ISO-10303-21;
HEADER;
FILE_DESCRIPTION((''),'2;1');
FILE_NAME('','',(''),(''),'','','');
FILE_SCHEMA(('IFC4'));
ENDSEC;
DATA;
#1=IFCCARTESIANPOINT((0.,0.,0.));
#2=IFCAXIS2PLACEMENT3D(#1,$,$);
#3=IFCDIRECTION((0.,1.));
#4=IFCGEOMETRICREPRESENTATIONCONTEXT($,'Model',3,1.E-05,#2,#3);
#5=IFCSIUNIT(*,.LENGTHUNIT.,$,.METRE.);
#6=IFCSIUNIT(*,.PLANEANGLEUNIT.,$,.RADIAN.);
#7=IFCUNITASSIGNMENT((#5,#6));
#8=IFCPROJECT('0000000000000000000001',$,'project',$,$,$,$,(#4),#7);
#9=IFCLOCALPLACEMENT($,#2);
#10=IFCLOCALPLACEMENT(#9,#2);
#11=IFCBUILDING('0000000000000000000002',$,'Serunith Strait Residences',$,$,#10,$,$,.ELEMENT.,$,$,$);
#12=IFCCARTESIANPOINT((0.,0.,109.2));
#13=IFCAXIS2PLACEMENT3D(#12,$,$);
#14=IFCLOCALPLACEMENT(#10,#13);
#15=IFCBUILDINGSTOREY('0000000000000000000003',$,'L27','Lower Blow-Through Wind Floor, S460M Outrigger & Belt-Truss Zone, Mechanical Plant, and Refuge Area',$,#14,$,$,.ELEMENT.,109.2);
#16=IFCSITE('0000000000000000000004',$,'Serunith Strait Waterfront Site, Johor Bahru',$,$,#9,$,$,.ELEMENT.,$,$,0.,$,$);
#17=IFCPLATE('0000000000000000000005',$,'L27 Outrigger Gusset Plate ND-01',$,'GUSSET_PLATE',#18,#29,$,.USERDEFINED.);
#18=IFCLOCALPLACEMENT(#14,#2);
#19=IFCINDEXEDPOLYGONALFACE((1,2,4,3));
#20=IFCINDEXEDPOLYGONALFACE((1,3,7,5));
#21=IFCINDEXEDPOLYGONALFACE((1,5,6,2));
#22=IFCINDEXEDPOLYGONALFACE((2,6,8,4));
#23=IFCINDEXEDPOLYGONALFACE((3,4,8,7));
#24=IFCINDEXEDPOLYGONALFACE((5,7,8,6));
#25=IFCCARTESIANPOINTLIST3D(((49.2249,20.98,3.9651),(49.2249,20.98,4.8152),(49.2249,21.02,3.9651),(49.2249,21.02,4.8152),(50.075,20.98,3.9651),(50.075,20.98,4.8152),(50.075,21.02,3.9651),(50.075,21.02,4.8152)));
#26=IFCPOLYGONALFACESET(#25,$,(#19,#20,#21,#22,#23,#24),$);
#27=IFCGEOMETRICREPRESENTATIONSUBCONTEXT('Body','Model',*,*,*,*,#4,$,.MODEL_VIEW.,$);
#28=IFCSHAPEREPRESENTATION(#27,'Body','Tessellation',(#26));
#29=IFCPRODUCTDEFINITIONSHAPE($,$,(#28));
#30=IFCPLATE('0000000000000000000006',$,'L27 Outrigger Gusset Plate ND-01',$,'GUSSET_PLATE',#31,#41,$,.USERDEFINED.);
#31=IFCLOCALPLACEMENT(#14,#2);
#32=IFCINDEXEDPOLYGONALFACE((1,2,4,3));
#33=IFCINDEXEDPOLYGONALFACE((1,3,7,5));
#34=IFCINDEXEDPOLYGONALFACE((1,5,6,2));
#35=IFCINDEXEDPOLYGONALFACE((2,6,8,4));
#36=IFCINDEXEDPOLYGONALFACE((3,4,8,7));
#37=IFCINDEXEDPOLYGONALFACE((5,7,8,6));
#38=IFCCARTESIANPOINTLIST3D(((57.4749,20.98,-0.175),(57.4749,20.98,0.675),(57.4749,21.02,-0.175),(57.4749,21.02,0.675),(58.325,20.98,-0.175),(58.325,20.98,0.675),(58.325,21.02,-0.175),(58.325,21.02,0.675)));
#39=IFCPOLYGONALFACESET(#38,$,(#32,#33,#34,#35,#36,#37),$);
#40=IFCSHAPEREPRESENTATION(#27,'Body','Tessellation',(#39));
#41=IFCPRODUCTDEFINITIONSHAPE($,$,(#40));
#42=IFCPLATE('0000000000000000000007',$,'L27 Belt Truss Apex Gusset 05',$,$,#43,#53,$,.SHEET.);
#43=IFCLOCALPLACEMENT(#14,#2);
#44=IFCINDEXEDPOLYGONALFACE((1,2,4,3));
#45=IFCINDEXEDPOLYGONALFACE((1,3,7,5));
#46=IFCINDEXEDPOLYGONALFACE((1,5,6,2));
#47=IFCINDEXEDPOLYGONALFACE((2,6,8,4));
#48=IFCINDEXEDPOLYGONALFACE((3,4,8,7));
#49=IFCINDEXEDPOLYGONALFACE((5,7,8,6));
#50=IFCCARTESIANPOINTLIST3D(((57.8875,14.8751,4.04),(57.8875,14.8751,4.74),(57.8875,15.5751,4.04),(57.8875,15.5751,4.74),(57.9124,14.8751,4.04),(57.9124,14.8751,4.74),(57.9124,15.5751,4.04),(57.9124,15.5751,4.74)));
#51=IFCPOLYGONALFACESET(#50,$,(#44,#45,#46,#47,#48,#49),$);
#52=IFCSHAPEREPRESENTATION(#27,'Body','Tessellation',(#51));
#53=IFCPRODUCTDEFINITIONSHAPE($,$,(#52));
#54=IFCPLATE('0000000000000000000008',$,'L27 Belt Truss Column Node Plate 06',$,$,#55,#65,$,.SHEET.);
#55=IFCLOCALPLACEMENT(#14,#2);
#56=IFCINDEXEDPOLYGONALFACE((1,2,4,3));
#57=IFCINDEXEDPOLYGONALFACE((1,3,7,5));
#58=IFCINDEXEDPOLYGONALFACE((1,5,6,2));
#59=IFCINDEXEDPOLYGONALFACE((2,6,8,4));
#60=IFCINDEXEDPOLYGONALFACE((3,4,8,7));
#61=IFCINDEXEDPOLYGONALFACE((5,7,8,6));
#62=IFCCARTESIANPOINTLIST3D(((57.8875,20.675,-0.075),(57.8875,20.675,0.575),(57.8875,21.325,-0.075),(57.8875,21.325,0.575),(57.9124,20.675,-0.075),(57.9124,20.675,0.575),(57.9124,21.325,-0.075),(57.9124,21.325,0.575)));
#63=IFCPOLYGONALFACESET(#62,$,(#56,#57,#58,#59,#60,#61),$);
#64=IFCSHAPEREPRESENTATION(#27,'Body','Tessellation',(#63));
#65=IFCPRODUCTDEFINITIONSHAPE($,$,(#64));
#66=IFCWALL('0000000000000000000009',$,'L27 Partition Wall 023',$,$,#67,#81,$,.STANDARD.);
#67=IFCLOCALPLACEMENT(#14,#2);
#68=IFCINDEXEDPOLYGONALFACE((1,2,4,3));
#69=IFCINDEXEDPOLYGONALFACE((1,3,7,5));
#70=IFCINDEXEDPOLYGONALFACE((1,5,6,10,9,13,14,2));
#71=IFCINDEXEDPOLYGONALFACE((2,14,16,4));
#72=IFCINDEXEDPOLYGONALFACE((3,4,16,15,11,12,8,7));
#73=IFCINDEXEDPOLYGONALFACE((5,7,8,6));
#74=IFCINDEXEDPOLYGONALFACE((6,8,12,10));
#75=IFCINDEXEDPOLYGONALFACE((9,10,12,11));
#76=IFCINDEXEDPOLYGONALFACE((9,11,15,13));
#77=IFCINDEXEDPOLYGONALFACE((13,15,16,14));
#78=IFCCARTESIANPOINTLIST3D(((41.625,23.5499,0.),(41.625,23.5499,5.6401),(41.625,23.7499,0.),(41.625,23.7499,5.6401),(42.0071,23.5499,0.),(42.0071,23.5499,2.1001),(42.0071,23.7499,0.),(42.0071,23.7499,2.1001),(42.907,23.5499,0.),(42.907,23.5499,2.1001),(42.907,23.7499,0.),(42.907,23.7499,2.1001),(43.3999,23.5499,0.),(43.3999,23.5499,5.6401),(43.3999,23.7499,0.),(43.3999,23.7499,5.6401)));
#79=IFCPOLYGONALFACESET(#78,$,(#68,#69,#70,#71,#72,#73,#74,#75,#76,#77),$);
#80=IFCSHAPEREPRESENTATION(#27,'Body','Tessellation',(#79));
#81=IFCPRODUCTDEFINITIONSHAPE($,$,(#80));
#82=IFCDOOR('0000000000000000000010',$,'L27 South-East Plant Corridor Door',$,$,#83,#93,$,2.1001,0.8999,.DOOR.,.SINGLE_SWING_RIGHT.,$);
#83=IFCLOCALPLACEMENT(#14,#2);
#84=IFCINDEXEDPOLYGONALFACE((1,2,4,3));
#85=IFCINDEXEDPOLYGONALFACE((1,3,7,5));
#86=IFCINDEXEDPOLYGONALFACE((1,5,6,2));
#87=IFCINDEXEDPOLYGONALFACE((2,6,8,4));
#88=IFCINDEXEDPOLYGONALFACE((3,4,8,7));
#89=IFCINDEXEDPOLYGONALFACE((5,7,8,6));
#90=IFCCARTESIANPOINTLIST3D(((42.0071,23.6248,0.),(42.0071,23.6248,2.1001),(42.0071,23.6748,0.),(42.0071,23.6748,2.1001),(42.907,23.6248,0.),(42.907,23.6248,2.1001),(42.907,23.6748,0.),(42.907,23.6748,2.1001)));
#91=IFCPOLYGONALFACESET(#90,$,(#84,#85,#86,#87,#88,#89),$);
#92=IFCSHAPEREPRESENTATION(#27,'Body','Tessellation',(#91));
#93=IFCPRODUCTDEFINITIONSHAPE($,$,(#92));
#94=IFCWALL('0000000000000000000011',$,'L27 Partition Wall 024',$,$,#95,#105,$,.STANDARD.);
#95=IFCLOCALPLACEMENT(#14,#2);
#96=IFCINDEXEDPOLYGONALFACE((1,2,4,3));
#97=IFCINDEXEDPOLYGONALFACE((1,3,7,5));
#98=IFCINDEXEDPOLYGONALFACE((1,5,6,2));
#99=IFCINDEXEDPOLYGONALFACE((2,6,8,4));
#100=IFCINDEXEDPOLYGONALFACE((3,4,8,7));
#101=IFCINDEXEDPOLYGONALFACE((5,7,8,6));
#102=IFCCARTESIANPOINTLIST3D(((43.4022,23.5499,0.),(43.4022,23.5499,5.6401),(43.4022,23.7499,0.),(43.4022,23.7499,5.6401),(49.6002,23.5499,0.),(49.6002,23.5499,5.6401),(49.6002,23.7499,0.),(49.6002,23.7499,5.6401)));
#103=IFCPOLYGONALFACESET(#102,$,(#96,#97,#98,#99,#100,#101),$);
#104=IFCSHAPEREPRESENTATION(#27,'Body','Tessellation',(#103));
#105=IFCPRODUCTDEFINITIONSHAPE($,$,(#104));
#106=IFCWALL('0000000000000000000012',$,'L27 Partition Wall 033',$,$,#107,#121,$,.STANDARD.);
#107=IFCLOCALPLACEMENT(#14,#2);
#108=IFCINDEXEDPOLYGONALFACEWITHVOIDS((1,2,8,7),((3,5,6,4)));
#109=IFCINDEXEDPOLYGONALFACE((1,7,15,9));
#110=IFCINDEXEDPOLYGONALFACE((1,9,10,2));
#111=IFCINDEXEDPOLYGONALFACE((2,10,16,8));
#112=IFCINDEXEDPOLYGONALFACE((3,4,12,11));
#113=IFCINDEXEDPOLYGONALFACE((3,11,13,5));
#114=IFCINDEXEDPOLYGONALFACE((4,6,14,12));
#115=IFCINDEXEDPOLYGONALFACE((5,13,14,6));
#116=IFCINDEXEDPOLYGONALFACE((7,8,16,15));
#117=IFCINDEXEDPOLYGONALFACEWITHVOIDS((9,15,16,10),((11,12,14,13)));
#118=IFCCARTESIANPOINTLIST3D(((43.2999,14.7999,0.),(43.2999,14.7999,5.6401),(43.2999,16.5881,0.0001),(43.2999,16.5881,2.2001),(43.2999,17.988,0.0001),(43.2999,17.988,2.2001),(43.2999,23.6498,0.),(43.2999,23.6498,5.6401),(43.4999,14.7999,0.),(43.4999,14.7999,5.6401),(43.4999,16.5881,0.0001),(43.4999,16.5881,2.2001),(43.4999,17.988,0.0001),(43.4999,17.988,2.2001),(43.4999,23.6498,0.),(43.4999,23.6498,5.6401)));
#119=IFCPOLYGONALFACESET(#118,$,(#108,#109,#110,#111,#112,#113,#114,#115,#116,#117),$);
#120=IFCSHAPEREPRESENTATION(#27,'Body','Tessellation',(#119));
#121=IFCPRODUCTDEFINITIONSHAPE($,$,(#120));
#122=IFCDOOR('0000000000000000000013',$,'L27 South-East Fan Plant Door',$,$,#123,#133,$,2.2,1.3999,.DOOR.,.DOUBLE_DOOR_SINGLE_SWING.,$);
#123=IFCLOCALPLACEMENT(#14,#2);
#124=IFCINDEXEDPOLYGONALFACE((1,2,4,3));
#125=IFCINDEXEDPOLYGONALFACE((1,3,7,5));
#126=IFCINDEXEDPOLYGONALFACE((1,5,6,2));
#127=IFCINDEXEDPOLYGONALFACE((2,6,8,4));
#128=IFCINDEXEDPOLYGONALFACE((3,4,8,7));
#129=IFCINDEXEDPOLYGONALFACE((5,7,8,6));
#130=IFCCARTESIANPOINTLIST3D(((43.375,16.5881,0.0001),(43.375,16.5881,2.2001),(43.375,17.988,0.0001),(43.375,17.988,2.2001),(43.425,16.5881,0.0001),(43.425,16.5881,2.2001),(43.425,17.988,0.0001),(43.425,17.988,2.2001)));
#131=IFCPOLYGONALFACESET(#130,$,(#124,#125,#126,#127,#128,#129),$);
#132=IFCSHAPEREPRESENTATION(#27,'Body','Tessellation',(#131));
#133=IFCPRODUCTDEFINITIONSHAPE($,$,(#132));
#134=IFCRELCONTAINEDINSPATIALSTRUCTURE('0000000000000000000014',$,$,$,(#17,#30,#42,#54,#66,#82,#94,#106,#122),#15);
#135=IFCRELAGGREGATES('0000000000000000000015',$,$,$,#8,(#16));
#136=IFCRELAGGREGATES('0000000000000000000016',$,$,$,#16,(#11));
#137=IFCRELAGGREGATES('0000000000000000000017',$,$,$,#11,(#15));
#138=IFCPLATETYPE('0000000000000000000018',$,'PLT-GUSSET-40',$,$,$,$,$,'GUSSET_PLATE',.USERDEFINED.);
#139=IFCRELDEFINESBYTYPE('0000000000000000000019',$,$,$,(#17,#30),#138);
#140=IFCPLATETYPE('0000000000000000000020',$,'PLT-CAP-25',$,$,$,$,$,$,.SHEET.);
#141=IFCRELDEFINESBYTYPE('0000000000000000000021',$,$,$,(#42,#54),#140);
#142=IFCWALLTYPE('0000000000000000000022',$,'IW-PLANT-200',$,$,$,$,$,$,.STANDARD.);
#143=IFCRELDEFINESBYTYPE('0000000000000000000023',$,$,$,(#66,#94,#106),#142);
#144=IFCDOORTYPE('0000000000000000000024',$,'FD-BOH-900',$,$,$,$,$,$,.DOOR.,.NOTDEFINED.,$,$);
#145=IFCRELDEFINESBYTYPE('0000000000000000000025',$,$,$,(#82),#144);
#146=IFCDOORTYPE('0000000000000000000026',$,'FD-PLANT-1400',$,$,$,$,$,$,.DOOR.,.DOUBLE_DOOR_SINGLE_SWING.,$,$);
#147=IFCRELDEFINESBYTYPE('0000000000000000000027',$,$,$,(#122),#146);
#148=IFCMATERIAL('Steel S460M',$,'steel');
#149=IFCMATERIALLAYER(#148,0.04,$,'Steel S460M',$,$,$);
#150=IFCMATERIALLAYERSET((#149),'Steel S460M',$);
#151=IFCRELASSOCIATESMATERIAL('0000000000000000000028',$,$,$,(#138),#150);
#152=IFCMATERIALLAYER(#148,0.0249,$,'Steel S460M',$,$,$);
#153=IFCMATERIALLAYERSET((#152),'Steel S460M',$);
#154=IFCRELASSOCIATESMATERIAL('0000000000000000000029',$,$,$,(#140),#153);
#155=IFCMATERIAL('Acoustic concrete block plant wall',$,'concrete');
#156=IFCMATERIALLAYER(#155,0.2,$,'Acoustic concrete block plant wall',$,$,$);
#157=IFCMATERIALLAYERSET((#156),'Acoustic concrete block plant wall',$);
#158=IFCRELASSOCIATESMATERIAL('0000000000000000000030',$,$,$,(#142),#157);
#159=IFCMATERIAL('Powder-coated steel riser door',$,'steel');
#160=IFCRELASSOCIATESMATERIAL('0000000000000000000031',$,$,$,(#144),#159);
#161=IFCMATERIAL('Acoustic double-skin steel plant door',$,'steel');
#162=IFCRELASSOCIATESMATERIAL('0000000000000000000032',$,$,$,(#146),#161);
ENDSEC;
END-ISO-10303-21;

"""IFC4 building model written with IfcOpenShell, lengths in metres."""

from ifc_helpers import new_model, si_unit, direction, frame, frame_2d, origin, origin_2d, place, context, subcontext, project, spatial, rectangle, extrude, source, transform, mapped, material, layer, layer_set, type_object, element, fill, save


model = new_model("IFC4")

# Units and contexts
model_context = context("Model", 3, precision=1e-05, world=origin(), true_north=direction((0.0, 1.0)))
body_context = subcontext(model_context, "Body", "Model", "MODEL_VIEW")
ifc_project = project(units=[si_unit("LENGTHUNIT", "METRE"), si_unit("PLANEANGLEUNIT", "RADIAN")], contexts=[model_context])

# Site, building, storey
site_placement = place(None, origin())
site = spatial("IfcSite", under=ifc_project, at=site_placement, Name="Serunith Strait Waterfront Site, Johor Bahru", CompositionType="ELEMENT", RefElevation=0.0)
building_placement = place(site_placement, origin())
building = spatial("IfcBuilding", under=site, at=building_placement, Name="Serunith Strait Residences", CompositionType="ELEMENT")
storey_placement = place(building_placement, frame((0.0, 0.0, 109.2)))
storey = spatial("IfcBuildingStorey", under=building, at=storey_placement, Name="L27", Description="Lower Blow-Through Wind Floor, S460M Outrigger & Belt-Truss Zone, Mechanical Plant, and Refuge Area", CompositionType="ELEMENT", Elevation=109.2)

# Shared definitions
ifc_material_1 = material(Name="Steel S460M", Category="steel")

# Plates
ifc_layer_1 = layer(ifc_material_1, 0.04, Name="Steel S460M")
ifc_layer_set_1 = layer_set([ifc_layer_1], Name="Steel S460M")
plate_type_1 = type_object("IfcPlateType", Name="PLT-GUSSET-40", ElementType="GUSSET_PLATE", PredefinedType="USERDEFINED", material=ifc_layer_set_1)
shared_shape_1 = source(origin(), body_context, "Body", "SweptSolid", [
    extrude(rectangle(XDim=0.8501, YDim=0.04, at=origin_2d()), origin(), (0.0, 0.0, 1.0), 0.8501),
])
for number, where, z_axis, x_axis, name in (
    (1, (49.6499, 21.0, 3.9651), (0.0, 0.0, 1.0), (1.0, 0.0, 0.0), "L27 Outrigger Gusset Plate ND-01"),
    (2, (57.8999, 21.0, -0.175), (0.0, 0.0, 1.0), (1.0, 0.0, 0.0), "L27 Outrigger Gusset Plate ND-01"),
):
    element("IfcPlate", number, at=place(storey_placement, frame(where, z_axis=z_axis, x_axis=x_axis)), inside=storey, type_object=plate_type_1, Name=name, ObjectType="GUSSET_PLATE", PredefinedType="USERDEFINED", context=body_context, shape_type="MappedRepresentation", body=[
        mapped(shared_shape_1, transform((0.0, 0.0, 0.0), scale=1.0)),
    ])
ifc_layer_2 = layer(ifc_material_1, 0.0249, Name="Steel S460M")
ifc_layer_set_2 = layer_set([ifc_layer_2], Name="Steel S460M")
plate_type_2 = type_object("IfcPlateType", Name="PLT-CAP-25", PredefinedType="SHEET", material=ifc_layer_set_2)
shared_shape_2 = source(origin(), body_context, "Body", "SweptSolid", [
    extrude(rectangle(XDim=0.7, YDim=0.0249, at=origin_2d()), origin(), (0.0, 0.0, 1.0), 0.7),
])
plate_1_placement = place(storey_placement, frame((57.8999, 15.2251, 4.04), z_axis=(0.0, 0.0, 1.0), x_axis=(0.0, 1.0, 0.0)))
element("IfcPlate", 3, at=plate_1_placement, inside=storey, type_object=plate_type_2, Name="L27 Belt Truss Apex Gusset 05", PredefinedType="SHEET", context=body_context, shape_type="MappedRepresentation", body=[
    mapped(shared_shape_2, transform((0.0, 0.0, 0.0), scale=1.0)),
])
shared_shape_3 = source(origin(), body_context, "Body", "SweptSolid", [
    extrude(rectangle(XDim=0.6499, YDim=0.0249, at=origin_2d()), origin(), (0.0, 0.0, 1.0), 0.6499),
])
plate_2_placement = place(storey_placement, frame((57.8999, 21.0, -0.075), z_axis=(0.0, 0.0, 1.0), x_axis=(0.0, 1.0, 0.0)))
element("IfcPlate", 4, at=plate_2_placement, inside=storey, type_object=plate_type_2, Name="L27 Belt Truss Column Node Plate 06", PredefinedType="SHEET", context=body_context, shape_type="MappedRepresentation", body=[
    mapped(shared_shape_3, transform((0.0, 0.0, 0.0), scale=1.0)),
])

# Wall, opening, door
ifc_material_2 = material(Name="Acoustic concrete block plant wall", Category="concrete")
ifc_layer_3 = layer(ifc_material_2, 0.2, Name="Acoustic concrete block plant wall")
ifc_layer_set_3 = layer_set([ifc_layer_3], Name="Acoustic concrete block plant wall")
wall_type = type_object("IfcWallType", Name="IW-PLANT-200", PredefinedType="STANDARD", material=ifc_layer_set_3)
wall_1_placement = place(storey_placement, frame((41.625, 23.6499, 0.0), z_axis=(0.0, 0.0, 1.0), x_axis=(1.0, 0.0, 0.0)))
wall_1 = element("IfcWall", 5, at=wall_1_placement, inside=storey, type_object=wall_type, Name="L27 Partition Wall 023", PredefinedType="STANDARD", context=body_context, shape_type="SweptSolid", body=[
    extrude(rectangle(XDim=1.7749, YDim=0.2, at=frame_2d((0.8875, 0.0))), origin(), (0.0, 0.0, 1.0), 5.6401),
])
opening_1_placement = place(wall_1_placement, frame((0.3821, 0.0, 0.0)))
opening_1 = element("IfcOpeningElement", 6, at=opening_1_placement, cuts=wall_1, PredefinedType="OPENING", context=body_context, shape_type="SweptSolid", body=[
    extrude(rectangle(XDim=0.8999, YDim=2.1001, at=frame_2d((0.45, 1.05))), frame((0.0, 0.1099, 0.0), z_axis=(0.0, -1.0, 0.0), x_axis=(1.0, 0.0, 0.0)), (0.0, 0.0, 1.0), 0.22),
])
ifc_material_3 = material(Name="Powder-coated steel riser door", Category="steel")
door_type_1 = type_object("IfcDoorType", Name="FD-BOH-900", OperationType="NOTDEFINED", PredefinedType="DOOR", material=ifc_material_3)
shared_shape_4 = source(origin(), body_context, "Body", "SweptSolid", [
    extrude(rectangle(XDim=0.8999, YDim=2.1001, at=frame_2d((0.45, 1.05))), frame((0.0, 0.0249, 0.0), z_axis=(0.0, -1.0, 0.0), x_axis=(1.0, 0.0, 0.0)), (0.0, 0.0, 1.0), 0.05),
])
door_1_placement = place(opening_1_placement, origin())
door_1 = element("IfcDoor", 7, at=door_1_placement, inside=storey, type_object=door_type_1, Name="L27 South-East Plant Corridor Door", OperationType="SINGLE_SWING_RIGHT", OverallHeight=2.1001, OverallWidth=0.8999, PredefinedType="DOOR", context=body_context, shape_type="MappedRepresentation", body=[
    mapped(shared_shape_4, transform((0.0, 0.0, 0.0), scale=1.0)),
])
fill(opening_1, door_1)

# Wall
wall_2_placement = place(storey_placement, frame((43.4021, 23.6499, 0.0), z_axis=(0.0, 0.0, 1.0), x_axis=(1.0, 0.0, 0.0)))
element("IfcWall", 8, at=wall_2_placement, inside=storey, type_object=wall_type, Name="L27 Partition Wall 024", PredefinedType="STANDARD", context=body_context, shape_type="SweptSolid", body=[
    extrude(rectangle(XDim=6.198, YDim=0.2, at=frame_2d((3.0991, 0.0))), origin(), (0.0, 0.0, 1.0), 5.6401),
])

# Wall, opening, door
wall_3_placement = place(storey_placement, frame((43.3999, 14.8, 0.0), z_axis=(0.0, 0.0, 1.0), x_axis=(0.0, 1.0, 0.0)))
wall_3 = element("IfcWall", 9, at=wall_3_placement, inside=storey, type_object=wall_type, Name="L27 Partition Wall 033", PredefinedType="STANDARD", context=body_context, shape_type="SweptSolid", body=[
    extrude(rectangle(XDim=8.8499, YDim=0.2, at=frame_2d((4.4248, 0.0))), origin(), (0.0, 0.0, 1.0), 5.6401),
])
opening_2_placement = place(wall_3_placement, frame((1.7881, 0.0, 0.0)))
opening_2 = element("IfcOpeningElement", 10, at=opening_2_placement, cuts=wall_3, PredefinedType="OPENING", context=body_context, shape_type="SweptSolid", body=[
    extrude(rectangle(XDim=1.3999, YDim=2.2, at=frame_2d((0.7, 1.1001))), frame((0.0, 0.1099, 0.0), z_axis=(0.0, -1.0, 0.0), x_axis=(1.0, 0.0, 0.0)), (0.0, 0.0, 1.0), 0.22),
])
ifc_material_4 = material(Name="Acoustic double-skin steel plant door", Category="steel")
door_type_2 = type_object("IfcDoorType", Name="FD-PLANT-1400", OperationType="DOUBLE_DOOR_SINGLE_SWING", PredefinedType="DOOR", material=ifc_material_4)
shared_shape_5 = source(origin(), body_context, "Body", "SweptSolid", [
    extrude(rectangle(XDim=1.3999, YDim=2.2, at=frame_2d((0.7, 1.1001))), frame((0.0, 0.0249, 0.0), z_axis=(0.0, -1.0, 0.0), x_axis=(1.0, 0.0, 0.0)), (0.0, 0.0, 1.0), 0.05),
])
door_2_placement = place(opening_2_placement, origin())
door_2 = element("IfcDoor", 11, at=door_2_placement, inside=storey, type_object=door_type_2, Name="L27 South-East Fan Plant Door", OperationType="DOUBLE_DOOR_SINGLE_SWING", OverallHeight=2.2, OverallWidth=1.3999, PredefinedType="DOOR", context=body_context, shape_type="MappedRepresentation", body=[
    mapped(shared_shape_5, transform((0.0, 0.0, 0.0), scale=1.0)),
])
fill(opening_2, door_2)

save(model, "model.ifc")
